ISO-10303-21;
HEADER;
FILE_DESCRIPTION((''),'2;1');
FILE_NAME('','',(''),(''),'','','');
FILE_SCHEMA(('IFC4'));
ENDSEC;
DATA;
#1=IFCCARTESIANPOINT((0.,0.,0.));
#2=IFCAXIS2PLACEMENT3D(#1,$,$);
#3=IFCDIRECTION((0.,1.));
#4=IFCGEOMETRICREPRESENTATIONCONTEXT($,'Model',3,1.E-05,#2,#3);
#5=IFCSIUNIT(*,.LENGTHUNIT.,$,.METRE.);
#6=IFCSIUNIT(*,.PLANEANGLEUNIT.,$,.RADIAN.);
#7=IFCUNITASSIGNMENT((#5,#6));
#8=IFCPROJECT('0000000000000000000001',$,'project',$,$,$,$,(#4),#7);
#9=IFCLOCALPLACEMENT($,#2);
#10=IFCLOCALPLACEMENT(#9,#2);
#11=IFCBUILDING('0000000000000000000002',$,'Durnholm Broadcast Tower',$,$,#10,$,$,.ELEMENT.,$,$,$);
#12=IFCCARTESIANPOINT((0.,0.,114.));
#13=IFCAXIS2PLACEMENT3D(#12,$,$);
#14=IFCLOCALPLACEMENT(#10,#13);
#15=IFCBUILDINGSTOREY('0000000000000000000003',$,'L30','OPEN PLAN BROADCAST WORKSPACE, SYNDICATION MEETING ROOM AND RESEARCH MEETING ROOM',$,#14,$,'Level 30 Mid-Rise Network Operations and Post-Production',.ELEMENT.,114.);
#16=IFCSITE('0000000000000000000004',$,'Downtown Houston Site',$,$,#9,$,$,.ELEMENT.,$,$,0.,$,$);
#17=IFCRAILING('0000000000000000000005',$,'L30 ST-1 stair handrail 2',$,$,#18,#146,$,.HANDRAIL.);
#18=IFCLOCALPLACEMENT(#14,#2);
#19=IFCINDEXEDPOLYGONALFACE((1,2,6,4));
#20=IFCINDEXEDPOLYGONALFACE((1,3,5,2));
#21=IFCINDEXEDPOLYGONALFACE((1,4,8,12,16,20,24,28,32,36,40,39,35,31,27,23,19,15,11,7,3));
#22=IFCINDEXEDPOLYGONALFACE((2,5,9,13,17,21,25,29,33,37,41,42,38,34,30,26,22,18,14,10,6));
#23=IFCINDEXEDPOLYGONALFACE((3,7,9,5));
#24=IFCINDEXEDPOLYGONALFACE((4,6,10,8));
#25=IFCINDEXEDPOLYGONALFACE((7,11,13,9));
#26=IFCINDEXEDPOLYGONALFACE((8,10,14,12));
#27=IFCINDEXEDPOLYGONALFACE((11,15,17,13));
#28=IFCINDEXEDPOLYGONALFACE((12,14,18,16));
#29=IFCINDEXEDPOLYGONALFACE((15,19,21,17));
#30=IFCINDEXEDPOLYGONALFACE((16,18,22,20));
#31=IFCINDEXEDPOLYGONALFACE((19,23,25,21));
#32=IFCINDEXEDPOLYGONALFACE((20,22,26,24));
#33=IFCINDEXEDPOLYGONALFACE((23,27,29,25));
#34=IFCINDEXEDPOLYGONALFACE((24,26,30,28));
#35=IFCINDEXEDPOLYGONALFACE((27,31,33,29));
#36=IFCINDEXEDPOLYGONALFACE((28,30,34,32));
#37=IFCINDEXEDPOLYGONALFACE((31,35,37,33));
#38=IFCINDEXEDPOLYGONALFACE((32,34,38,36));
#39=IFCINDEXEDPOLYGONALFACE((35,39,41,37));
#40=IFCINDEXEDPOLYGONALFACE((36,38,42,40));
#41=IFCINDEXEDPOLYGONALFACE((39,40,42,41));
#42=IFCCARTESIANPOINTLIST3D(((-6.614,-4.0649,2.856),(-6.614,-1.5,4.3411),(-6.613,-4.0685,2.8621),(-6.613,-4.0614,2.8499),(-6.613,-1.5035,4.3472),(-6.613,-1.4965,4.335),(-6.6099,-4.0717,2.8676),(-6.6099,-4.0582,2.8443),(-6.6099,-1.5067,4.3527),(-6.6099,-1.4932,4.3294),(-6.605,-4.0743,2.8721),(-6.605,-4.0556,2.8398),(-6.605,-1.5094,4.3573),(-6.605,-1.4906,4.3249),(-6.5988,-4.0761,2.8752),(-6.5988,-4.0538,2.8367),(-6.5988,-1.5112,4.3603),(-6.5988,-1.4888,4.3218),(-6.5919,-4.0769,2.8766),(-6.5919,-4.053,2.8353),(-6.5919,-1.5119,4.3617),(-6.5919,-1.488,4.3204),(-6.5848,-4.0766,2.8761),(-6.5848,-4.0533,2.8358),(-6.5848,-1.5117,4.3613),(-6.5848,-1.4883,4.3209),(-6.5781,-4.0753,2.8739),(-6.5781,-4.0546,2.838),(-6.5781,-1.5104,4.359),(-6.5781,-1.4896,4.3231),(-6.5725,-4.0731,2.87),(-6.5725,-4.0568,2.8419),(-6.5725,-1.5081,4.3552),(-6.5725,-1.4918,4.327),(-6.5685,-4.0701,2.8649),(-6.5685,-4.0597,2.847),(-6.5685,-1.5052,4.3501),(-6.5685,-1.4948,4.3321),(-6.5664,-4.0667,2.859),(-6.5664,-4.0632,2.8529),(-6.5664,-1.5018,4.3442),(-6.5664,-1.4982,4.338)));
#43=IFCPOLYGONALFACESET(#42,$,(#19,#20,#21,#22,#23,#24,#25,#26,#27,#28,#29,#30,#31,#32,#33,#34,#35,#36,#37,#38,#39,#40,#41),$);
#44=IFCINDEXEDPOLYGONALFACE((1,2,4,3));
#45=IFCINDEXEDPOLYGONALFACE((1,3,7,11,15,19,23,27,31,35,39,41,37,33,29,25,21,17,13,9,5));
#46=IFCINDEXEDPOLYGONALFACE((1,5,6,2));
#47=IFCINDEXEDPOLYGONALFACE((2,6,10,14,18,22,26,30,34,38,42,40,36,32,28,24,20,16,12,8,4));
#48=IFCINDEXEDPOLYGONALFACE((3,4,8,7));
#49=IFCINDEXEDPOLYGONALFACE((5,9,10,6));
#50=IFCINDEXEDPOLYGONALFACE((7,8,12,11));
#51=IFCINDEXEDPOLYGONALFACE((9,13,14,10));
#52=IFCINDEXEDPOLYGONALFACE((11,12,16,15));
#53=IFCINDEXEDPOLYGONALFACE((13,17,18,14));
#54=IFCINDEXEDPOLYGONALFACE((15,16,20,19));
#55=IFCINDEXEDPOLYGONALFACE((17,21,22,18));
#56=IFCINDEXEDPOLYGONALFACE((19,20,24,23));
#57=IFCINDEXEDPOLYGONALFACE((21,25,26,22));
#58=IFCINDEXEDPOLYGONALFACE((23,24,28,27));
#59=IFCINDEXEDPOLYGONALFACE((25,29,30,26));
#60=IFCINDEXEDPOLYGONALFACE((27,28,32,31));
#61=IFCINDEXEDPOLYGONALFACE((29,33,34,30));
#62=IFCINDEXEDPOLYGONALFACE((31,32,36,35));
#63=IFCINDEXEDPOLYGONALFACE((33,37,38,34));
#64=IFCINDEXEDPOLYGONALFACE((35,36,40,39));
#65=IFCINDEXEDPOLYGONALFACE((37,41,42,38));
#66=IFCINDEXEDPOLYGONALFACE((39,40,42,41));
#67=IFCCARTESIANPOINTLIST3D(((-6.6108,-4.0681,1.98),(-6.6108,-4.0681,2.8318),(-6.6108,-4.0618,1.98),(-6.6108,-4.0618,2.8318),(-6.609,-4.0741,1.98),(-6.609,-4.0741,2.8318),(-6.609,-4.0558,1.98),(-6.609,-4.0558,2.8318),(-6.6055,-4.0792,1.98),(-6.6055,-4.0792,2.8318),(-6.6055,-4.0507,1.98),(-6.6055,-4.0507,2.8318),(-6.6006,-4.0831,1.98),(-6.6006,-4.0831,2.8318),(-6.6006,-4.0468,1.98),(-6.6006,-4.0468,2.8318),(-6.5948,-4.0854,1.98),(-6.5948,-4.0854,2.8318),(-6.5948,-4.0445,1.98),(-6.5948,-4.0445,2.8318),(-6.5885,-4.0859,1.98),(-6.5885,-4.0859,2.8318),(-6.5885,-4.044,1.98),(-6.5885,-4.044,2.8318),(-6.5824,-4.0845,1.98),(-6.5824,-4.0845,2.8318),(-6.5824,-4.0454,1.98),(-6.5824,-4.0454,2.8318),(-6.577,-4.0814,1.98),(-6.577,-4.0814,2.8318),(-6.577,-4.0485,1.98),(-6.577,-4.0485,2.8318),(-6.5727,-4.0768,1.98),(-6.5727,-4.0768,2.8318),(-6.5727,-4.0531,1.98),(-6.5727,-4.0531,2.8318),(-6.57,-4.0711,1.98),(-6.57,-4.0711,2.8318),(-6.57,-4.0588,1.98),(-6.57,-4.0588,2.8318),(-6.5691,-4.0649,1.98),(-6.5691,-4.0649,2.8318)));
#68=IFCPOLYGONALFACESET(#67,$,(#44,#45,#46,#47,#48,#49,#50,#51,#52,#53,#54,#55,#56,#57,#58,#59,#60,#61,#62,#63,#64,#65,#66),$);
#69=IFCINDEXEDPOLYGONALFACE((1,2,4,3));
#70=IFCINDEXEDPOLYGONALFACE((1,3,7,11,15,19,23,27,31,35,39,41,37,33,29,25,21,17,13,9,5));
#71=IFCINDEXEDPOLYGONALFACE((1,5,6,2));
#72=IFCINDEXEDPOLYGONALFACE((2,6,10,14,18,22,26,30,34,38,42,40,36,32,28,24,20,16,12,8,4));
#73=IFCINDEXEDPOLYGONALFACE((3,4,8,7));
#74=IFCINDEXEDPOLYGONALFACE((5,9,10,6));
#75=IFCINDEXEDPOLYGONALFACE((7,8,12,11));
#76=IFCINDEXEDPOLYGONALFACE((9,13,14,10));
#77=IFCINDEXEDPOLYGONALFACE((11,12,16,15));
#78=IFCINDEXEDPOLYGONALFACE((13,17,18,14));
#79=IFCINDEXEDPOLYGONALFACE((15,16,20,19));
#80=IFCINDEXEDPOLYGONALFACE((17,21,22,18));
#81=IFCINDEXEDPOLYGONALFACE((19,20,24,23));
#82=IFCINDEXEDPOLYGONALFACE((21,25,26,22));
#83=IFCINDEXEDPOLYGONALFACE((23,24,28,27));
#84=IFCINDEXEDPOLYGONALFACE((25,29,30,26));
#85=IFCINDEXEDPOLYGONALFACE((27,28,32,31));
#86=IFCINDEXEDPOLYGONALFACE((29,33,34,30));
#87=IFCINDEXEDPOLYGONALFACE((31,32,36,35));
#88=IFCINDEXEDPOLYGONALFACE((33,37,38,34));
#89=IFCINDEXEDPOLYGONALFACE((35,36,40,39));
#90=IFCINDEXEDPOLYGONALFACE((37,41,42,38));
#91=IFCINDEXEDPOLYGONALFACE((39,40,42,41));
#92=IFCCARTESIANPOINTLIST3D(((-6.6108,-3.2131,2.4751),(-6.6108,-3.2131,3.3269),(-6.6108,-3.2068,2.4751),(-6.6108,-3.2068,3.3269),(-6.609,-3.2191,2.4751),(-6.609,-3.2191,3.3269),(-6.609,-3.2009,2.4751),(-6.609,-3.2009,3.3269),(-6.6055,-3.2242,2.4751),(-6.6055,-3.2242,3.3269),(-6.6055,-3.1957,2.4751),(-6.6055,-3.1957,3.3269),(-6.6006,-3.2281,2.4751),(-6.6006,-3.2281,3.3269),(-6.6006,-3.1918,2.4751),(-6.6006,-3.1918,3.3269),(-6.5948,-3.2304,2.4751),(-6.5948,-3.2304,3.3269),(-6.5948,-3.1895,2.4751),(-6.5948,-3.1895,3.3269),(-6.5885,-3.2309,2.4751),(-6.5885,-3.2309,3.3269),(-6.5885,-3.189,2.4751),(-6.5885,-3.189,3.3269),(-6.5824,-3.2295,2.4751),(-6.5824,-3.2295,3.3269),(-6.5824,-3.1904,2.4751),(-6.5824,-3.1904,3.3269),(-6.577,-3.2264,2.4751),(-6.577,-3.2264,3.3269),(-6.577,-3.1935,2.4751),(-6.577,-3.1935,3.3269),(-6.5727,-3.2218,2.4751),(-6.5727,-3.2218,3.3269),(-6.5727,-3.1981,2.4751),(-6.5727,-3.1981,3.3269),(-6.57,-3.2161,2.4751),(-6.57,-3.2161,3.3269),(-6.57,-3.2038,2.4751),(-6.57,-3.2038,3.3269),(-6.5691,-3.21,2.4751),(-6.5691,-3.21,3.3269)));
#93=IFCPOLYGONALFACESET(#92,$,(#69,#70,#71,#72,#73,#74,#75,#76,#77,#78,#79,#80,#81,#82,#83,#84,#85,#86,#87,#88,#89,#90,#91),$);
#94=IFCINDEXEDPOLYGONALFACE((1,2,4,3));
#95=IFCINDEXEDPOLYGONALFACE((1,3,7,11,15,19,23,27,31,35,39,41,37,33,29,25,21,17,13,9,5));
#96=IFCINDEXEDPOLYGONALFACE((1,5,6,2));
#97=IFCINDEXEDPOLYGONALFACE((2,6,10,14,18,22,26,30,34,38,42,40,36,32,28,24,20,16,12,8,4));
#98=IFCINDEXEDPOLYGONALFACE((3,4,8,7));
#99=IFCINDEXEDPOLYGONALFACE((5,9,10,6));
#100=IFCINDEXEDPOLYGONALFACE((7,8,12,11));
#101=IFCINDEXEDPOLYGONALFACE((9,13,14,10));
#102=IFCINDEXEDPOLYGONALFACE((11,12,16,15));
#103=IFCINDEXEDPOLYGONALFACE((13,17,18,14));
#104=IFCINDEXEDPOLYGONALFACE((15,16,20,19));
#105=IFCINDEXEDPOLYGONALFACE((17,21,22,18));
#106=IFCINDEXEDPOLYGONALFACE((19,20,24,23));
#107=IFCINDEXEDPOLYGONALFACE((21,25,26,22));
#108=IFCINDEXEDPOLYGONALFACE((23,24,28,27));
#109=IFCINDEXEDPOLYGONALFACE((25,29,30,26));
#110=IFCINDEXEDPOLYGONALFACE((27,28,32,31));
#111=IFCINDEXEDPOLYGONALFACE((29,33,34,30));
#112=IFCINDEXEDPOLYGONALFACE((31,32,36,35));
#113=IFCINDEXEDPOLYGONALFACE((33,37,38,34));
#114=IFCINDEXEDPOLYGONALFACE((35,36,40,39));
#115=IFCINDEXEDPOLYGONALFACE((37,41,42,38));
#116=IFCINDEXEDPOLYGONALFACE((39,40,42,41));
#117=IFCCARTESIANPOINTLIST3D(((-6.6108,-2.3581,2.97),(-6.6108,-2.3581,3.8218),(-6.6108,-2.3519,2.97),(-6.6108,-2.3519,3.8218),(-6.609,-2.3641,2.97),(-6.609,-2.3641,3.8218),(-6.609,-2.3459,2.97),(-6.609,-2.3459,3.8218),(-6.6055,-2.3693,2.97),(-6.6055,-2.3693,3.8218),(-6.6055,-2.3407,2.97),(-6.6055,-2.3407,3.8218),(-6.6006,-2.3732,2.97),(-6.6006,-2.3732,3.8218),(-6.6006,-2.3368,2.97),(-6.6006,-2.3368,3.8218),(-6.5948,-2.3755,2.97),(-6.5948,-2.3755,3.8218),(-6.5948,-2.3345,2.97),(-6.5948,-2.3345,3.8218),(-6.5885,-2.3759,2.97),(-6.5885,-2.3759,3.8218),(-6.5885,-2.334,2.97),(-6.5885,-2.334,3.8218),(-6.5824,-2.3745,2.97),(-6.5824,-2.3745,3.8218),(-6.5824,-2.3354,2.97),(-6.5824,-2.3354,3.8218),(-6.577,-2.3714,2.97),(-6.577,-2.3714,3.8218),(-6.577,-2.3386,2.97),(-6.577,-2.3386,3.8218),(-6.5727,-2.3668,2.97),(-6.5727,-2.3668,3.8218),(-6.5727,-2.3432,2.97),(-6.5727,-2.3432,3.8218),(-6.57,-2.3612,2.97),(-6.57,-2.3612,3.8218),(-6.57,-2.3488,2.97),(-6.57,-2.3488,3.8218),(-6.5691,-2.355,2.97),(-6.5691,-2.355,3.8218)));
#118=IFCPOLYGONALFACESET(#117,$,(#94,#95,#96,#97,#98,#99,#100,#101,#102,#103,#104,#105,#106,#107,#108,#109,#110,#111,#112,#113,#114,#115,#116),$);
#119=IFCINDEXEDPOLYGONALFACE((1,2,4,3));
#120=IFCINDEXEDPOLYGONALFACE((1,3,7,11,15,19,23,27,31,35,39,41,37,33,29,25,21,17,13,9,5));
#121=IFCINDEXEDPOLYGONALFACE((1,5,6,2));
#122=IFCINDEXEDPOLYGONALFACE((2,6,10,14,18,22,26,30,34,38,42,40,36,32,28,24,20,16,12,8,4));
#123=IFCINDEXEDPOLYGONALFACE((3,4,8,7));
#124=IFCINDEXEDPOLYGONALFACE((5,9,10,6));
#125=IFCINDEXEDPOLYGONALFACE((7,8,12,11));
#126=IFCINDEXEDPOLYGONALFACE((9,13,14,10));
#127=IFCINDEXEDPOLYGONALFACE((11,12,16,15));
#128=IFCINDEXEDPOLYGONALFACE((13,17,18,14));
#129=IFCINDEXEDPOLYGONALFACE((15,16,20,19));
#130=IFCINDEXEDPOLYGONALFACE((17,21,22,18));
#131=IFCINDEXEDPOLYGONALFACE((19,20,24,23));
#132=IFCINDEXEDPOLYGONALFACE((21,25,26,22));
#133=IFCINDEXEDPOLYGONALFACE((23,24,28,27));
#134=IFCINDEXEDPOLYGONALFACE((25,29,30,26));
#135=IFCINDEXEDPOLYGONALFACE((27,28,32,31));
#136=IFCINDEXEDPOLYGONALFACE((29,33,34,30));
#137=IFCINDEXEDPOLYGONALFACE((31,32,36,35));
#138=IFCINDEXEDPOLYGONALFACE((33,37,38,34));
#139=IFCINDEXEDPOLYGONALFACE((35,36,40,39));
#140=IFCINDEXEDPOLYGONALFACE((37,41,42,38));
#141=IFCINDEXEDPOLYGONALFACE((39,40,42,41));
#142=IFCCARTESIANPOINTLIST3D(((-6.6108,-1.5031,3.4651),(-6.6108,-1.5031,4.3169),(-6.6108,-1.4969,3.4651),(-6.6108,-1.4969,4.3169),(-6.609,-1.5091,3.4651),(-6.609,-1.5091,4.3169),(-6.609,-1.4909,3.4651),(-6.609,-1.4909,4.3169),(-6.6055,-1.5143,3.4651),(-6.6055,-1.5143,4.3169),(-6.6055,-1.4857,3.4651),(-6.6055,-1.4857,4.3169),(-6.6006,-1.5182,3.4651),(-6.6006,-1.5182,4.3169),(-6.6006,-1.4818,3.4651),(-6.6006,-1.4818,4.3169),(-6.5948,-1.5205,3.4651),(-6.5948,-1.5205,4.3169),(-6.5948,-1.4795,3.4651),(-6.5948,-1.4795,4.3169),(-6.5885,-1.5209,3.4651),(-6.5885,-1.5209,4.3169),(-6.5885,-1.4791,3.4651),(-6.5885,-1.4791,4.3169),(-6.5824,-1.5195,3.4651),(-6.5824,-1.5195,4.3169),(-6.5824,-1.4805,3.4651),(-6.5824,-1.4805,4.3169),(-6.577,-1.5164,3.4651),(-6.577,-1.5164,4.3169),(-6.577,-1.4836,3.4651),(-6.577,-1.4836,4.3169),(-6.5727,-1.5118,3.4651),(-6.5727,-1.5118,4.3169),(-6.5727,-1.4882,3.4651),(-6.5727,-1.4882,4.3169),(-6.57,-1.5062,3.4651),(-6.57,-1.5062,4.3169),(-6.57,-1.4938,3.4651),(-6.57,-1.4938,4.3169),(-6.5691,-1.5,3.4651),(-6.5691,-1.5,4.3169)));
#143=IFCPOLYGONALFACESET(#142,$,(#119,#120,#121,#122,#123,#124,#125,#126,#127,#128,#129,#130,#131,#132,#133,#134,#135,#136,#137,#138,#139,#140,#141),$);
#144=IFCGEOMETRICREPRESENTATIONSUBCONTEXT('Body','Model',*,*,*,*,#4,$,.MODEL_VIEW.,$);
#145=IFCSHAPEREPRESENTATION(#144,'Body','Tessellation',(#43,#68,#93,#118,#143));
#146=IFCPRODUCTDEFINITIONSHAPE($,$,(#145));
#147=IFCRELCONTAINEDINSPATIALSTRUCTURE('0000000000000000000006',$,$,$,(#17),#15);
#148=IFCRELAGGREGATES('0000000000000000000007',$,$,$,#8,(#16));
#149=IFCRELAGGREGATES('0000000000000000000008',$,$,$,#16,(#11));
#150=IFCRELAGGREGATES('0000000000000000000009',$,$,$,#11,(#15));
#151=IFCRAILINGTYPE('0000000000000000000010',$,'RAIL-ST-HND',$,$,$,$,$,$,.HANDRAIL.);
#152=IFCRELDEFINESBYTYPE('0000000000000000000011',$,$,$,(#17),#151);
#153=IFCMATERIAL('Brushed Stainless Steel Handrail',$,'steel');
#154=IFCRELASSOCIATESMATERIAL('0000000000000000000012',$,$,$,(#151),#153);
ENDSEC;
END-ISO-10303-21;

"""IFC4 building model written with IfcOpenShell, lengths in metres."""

from ifc_helpers import new_model, si_unit, direction, frame, origin, origin_2d, place, context, subcontext, project, spatial, circle, extrude, material, type_object, element, save


model = new_model("IFC4")

# Units and contexts
model_context = context("Model", 3, precision=1e-05, world=origin(), true_north=direction((0.0, 1.0)))
body_context = subcontext(model_context, "Body", "Model", "MODEL_VIEW")
ifc_project = project(units=[si_unit("LENGTHUNIT", "METRE"), si_unit("PLANEANGLEUNIT", "RADIAN")], contexts=[model_context])

# Site, building, storey
site_placement = place(None, origin())
site = spatial("IfcSite", under=ifc_project, at=site_placement, Name="Downtown Houston Site", CompositionType="ELEMENT", RefElevation=0.0)
building_placement = place(site_placement, origin())
building = spatial("IfcBuilding", under=site, at=building_placement, Name="Durnholm Broadcast Tower", CompositionType="ELEMENT")
storey_placement = place(building_placement, frame((0.0, 0.0, 114.0)))
storey = spatial("IfcBuildingStorey", under=building, at=storey_placement, Name="L30", Description="OPEN PLAN BROADCAST WORKSPACE, SYNDICATION MEETING ROOM AND RESEARCH MEETING ROOM", LongName="Level 30 Mid-Rise Network Operations and Post-Production", CompositionType="ELEMENT", Elevation=114.0)

# Railing
ifc_material_1 = material(Name="Brushed Stainless Steel Handrail", Category="steel")
railing_type_1 = type_object("IfcRailingType", Name="RAIL-ST-HND", PredefinedType="HANDRAIL", material=ifc_material_1)
railing_1_placement = place(storey_placement, frame((-6.5901, -4.0649, 1.98)))
element("IfcRailing", 1, at=railing_1_placement, inside=storey, type_object=railing_type_1, Name="L30 ST-1 stair handrail 2", PredefinedType="HANDRAIL", context=body_context, shape_type="SweptSolid", body=[
    extrude(circle(Radius=0.0239, at=origin_2d()), frame((0.0, 0.0, 0.876), z_axis=(0.0, 0.865406, 0.501072), x_axis=(-1.0, 0.0, 0.0)), (0.0, 0.0, 1.0), 2.9639),
    extrude(circle(Radius=0.021, at=origin_2d()), origin(), (0.0, 0.0, 1.0), 0.8518),
    extrude(circle(Radius=0.021, at=origin_2d()), frame((0.0, 0.855, 0.4951)), (0.0, 0.0, 1.0), 0.8518),
    extrude(circle(Radius=0.021, at=origin_2d()), frame((0.0, 1.71, 0.99)), (0.0, 0.0, 1.0), 0.8518),
    extrude(circle(Radius=0.021, at=origin_2d()), frame((0.0, 2.5649, 1.4851)), (0.0, 0.0, 1.0), 0.8518),
])

save(model, "model.ifc")
